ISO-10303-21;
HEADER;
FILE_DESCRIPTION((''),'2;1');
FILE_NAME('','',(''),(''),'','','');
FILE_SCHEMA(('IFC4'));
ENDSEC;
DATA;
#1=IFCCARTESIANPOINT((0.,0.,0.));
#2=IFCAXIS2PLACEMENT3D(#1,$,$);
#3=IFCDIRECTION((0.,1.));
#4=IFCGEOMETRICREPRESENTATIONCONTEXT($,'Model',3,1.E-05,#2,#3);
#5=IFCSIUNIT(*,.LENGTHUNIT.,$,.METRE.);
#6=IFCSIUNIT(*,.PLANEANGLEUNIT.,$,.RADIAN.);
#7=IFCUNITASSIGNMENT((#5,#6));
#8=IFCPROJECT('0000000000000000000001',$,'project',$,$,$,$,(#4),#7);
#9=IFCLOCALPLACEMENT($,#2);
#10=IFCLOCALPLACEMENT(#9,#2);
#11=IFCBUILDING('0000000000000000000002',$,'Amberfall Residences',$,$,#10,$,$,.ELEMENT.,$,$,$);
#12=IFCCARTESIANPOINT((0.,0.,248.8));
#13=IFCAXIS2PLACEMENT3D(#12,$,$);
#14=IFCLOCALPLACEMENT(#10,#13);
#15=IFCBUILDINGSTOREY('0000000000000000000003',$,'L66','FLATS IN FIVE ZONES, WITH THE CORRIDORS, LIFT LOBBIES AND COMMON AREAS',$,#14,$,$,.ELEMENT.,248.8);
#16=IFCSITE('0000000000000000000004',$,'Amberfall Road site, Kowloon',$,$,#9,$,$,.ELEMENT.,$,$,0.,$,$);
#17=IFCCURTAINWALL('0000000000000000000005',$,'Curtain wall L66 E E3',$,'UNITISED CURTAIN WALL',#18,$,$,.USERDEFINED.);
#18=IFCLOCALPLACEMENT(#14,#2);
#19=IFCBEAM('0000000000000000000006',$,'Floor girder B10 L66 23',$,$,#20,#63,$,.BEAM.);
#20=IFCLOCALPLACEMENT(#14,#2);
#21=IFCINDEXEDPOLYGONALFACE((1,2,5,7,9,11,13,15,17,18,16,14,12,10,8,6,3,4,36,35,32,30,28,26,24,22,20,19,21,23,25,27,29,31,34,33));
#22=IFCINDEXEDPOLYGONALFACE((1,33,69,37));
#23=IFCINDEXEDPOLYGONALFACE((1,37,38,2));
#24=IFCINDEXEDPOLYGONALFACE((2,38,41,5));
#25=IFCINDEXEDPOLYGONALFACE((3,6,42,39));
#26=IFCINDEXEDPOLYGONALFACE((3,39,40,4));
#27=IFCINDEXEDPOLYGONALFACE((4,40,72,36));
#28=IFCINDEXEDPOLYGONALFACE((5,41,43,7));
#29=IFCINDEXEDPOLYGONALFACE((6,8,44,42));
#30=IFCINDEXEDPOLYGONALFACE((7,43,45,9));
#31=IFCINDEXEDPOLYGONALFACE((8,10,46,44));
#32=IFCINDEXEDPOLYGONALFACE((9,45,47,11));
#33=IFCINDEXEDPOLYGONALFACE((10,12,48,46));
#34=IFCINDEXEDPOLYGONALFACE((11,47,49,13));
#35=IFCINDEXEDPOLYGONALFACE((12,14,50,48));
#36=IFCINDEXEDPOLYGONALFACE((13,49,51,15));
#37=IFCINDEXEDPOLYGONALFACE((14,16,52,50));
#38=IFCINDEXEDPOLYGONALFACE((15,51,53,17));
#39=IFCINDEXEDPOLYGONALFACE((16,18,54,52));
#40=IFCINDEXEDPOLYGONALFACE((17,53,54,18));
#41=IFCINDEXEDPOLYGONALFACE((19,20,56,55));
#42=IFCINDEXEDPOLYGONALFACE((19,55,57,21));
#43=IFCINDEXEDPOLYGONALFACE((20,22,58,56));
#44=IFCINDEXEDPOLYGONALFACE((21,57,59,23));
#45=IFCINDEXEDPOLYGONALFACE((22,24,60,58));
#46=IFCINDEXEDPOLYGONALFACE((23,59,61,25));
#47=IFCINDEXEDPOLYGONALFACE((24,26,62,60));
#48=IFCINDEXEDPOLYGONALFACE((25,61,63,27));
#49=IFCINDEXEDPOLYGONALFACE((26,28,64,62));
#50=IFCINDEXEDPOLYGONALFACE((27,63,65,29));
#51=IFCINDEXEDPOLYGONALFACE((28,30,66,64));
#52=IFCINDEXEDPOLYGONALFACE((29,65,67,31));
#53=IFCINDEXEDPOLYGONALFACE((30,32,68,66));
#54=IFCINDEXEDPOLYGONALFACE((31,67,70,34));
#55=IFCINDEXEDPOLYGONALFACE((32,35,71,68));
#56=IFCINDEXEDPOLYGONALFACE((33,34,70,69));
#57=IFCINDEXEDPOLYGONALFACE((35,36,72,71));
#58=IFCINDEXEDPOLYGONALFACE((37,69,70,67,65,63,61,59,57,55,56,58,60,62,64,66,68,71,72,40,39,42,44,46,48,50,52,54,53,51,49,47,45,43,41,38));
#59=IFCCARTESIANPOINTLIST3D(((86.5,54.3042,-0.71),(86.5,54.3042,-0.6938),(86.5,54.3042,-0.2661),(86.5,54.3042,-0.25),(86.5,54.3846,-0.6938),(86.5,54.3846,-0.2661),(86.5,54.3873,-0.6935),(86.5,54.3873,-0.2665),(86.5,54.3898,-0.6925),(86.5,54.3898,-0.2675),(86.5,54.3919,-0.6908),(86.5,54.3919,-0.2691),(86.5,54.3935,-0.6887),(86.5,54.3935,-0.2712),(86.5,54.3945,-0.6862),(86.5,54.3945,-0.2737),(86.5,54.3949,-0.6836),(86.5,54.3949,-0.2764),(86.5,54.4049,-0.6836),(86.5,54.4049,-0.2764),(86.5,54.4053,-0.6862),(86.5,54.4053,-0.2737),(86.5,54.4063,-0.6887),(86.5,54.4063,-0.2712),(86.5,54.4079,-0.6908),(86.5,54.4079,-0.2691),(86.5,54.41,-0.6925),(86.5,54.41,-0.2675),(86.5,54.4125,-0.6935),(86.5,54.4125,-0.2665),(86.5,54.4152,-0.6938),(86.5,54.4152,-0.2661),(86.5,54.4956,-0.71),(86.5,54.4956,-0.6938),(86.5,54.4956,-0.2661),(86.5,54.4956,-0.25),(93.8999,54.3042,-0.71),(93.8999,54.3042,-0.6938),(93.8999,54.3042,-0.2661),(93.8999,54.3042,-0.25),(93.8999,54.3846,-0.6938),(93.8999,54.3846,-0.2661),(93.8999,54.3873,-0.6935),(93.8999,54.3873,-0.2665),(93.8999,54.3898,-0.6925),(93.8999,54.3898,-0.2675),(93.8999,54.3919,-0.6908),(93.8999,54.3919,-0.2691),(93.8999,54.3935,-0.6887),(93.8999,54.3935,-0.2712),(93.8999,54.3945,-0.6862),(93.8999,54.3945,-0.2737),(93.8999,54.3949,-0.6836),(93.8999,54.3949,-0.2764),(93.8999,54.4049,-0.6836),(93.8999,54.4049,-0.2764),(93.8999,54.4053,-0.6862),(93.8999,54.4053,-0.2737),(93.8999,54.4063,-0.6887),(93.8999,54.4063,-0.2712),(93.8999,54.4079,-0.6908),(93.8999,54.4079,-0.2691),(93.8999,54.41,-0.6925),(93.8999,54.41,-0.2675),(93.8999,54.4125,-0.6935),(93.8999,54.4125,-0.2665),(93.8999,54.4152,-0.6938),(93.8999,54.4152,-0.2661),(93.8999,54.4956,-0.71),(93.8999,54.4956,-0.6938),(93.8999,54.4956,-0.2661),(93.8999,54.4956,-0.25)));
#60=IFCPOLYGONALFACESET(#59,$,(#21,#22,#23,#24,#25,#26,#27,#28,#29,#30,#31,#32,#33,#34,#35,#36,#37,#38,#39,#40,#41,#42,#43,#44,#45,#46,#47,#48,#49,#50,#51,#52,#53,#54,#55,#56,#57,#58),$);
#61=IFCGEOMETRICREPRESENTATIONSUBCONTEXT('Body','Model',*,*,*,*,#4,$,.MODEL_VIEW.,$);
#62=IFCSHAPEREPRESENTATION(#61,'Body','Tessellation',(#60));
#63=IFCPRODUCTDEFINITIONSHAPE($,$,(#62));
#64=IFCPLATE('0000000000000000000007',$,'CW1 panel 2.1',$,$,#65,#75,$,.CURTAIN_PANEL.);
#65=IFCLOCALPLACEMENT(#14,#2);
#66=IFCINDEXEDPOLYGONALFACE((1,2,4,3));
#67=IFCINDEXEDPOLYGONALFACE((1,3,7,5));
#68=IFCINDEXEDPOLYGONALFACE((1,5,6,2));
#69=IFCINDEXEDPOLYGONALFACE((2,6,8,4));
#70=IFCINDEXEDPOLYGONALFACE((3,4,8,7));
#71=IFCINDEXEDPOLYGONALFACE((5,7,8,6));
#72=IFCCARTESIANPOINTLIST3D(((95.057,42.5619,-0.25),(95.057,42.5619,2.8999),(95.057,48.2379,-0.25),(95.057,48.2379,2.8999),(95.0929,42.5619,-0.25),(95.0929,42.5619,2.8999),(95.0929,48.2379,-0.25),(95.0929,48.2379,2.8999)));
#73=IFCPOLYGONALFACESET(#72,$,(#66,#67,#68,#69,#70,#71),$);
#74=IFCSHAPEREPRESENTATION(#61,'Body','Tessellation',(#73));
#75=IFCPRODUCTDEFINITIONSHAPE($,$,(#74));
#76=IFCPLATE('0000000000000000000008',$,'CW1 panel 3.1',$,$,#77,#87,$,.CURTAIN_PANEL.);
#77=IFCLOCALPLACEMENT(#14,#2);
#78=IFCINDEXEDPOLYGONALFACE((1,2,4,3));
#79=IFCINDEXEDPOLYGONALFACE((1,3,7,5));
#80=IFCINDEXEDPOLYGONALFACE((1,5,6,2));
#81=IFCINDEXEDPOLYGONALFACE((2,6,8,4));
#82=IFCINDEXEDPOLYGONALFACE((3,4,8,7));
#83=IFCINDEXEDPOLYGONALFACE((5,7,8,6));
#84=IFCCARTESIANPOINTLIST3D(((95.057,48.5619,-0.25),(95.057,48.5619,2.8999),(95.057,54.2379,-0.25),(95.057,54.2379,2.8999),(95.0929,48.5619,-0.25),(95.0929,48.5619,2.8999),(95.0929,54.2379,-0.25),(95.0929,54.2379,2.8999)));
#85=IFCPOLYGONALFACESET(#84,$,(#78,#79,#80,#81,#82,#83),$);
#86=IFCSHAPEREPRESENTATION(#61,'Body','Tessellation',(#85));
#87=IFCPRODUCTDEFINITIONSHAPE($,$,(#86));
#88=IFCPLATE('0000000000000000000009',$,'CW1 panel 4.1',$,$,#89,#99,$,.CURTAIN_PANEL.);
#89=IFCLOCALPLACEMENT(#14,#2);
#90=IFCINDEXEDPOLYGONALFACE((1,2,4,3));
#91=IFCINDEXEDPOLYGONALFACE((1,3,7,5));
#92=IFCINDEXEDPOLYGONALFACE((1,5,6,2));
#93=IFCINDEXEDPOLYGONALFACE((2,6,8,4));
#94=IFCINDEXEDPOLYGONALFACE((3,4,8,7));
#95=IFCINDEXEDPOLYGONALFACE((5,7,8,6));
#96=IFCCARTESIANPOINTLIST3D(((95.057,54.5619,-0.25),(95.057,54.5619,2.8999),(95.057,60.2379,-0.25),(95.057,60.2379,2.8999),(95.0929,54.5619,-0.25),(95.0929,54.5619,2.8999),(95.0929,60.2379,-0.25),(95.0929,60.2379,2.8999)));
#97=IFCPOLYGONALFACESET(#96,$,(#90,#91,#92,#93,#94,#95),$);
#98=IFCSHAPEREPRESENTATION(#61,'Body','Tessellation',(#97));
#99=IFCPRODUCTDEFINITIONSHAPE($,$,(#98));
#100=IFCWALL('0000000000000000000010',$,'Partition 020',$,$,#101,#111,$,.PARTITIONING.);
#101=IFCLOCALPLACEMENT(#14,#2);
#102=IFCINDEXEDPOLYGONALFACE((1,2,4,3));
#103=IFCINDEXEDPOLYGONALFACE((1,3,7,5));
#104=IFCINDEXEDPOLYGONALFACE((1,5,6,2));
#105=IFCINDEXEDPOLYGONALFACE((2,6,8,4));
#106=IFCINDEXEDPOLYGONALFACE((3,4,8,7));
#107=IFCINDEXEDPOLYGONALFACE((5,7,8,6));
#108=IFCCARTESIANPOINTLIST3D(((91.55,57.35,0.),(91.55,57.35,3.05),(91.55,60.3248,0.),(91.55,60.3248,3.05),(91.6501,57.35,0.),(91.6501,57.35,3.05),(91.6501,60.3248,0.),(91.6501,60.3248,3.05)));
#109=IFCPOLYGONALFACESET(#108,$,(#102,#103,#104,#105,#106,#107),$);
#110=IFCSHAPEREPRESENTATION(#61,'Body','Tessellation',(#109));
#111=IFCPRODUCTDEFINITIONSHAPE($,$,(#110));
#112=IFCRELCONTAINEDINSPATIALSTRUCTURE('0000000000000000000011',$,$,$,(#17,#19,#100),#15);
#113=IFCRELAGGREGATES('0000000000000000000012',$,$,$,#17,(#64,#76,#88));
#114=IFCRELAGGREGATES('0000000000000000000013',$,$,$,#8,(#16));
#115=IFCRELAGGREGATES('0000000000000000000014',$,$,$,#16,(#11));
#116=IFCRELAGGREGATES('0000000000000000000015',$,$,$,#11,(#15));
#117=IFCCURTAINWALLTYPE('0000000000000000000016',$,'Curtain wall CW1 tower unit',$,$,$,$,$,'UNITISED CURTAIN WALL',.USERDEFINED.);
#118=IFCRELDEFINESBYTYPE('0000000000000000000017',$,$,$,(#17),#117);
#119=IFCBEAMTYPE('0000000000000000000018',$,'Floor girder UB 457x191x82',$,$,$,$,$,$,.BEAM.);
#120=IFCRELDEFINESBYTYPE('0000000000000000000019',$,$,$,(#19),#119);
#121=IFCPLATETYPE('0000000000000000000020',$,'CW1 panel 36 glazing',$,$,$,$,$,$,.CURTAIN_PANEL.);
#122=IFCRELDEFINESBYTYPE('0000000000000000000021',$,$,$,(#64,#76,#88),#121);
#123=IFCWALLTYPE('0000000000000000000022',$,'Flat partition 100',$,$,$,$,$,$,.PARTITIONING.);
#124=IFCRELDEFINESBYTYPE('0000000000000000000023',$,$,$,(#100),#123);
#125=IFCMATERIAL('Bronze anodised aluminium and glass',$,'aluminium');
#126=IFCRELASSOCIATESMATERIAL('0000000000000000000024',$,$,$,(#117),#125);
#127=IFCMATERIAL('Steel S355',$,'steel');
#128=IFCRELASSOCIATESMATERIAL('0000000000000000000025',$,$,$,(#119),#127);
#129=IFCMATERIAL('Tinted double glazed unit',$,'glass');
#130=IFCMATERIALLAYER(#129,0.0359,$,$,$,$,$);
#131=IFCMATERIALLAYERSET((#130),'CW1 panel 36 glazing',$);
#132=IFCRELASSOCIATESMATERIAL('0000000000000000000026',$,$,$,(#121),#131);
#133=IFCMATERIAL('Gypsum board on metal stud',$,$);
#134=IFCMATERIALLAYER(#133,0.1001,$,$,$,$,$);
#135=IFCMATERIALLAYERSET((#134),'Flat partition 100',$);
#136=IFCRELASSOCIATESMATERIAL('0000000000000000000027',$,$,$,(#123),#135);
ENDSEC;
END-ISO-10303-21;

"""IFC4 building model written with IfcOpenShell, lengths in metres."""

from ifc_helpers import new_model, si_unit, direction, frame, frame_2d, origin, origin_2d, place, context, subcontext, project, spatial, rectangle, i_section, extrude, material, layer, layer_set, material_profile, profile_set, type_object, element, aggregate, save


model = new_model("IFC4")

# Units and contexts
model_context = context("Model", 3, precision=1e-05, world=origin(), true_north=direction((0.0, 1.0)))
body_context = subcontext(model_context, "Body", "Model", "MODEL_VIEW")
ifc_project = project(units=[si_unit("LENGTHUNIT", "METRE"), si_unit("PLANEANGLEUNIT", "RADIAN")], contexts=[model_context])

# Site, building, storey
site_placement = place(None, origin())
site = spatial("IfcSite", under=ifc_project, at=site_placement, Name="Amberfall Road site, Kowloon", CompositionType="ELEMENT", RefElevation=0.0)
building_placement = place(site_placement, origin())
building = spatial("IfcBuilding", under=site, at=building_placement, Name="Amberfall Residences", CompositionType="ELEMENT")
storey_placement = place(building_placement, frame((0.0, 0.0, 248.8)))
storey = spatial("IfcBuildingStorey", under=building, at=storey_placement, Name="L66", Description="FLATS IN FIVE ZONES, WITH THE CORRIDORS, LIFT LOBBIES AND COMMON AREAS", CompositionType="ELEMENT", Elevation=248.8)

# Curtain wall
ifc_material_1 = material(Name="Bronze anodised aluminium and glass", Category="aluminium")
curtain_wall_type = type_object("IfcCurtainWallType", Name="Curtain wall CW1 tower unit", ElementType="UNITISED CURTAIN WALL", PredefinedType="USERDEFINED", material=ifc_material_1)
curtain_wall_placement = place(storey_placement, origin())
curtain_wall = element("IfcCurtainWall", 1, at=curtain_wall_placement, inside=storey, type_object=curtain_wall_type, Name="Curtain wall L66 E E3", ObjectType="UNITISED CURTAIN WALL", PredefinedType="USERDEFINED")

# Shared definitions
ifc_material_2 = material(Name="Steel S355", Category="steel")

# Beam
ifc_material_profile_1 = material_profile(ifc_material_2, i_section(OverallWidth=0.1914, OverallDepth=0.46, WebThickness=0.01, FlangeThickness=0.0161, FilletRadius=0.0103, at=origin_2d()), Name="UB 457x191x82")
ifc_profile_set_1 = profile_set([ifc_material_profile_1], Name="Steel S355")
beam_type_1 = type_object("IfcBeamType", Name="Floor girder UB 457x191x82", PredefinedType="BEAM", material=ifc_profile_set_1)
for number, where, z_axis, x_axis, name in (
    (2, (93.8999, 54.3999, -0.48), (-1.0, 0.0, 0.0), (0.0, -1.0, 0.0), "Floor girder B10 L66 23"),
):
    element("IfcBeam", number, at=place(storey_placement, frame(where, z_axis=z_axis, x_axis=x_axis)), inside=storey, type_object=beam_type_1, Name=name, PredefinedType="BEAM", context=body_context, shape_type="SweptSolid", body=[
        extrude(i_section(OverallWidth=0.1914, OverallDepth=0.46, WebThickness=0.01, FlangeThickness=0.0161, FilletRadius=0.0103, at=origin_2d()), origin(), (0.0, 0.0, 1.0), 7.3999),
    ])

# Plates
ifc_material_3 = material(Name="Tinted double glazed unit", Category="glass")
ifc_layer_1 = layer(ifc_material_3, 0.0359)
ifc_layer_set_1 = layer_set([ifc_layer_1], Name="CW1 panel 36 glazing")
plate_type = type_object("IfcPlateType", Name="CW1 panel 36 glazing", PredefinedType="CURTAIN_PANEL", material=ifc_layer_set_1)
plate_1_placement = place(storey_placement, frame((95.075, 45.3999, -0.25), z_axis=(0.0, 0.0, 1.0), x_axis=(0.0, 1.0, 0.0)))
plate_1 = element("IfcPlate", 3, at=plate_1_placement, type_object=plate_type, Name="CW1 panel 2.1", PredefinedType="CURTAIN_PANEL", context=body_context, shape_type="SweptSolid", body=[
    extrude(rectangle(XDim=5.676, YDim=0.0359, at=origin_2d()), origin(), (0.0, 0.0, 1.0), 3.1499),
])
plate_2_placement = place(storey_placement, frame((95.075, 51.3999, -0.25), z_axis=(0.0, 0.0, 1.0), x_axis=(0.0, 1.0, 0.0)))
plate_2 = element("IfcPlate", 4, at=plate_2_placement, type_object=plate_type, Name="CW1 panel 3.1", PredefinedType="CURTAIN_PANEL", context=body_context, shape_type="SweptSolid", body=[
    extrude(rectangle(XDim=5.676, YDim=0.0359, at=origin_2d()), origin(), (0.0, 0.0, 1.0), 3.1499),
])
plate_3_placement = place(storey_placement, frame((95.075, 57.3999, -0.25), z_axis=(0.0, 0.0, 1.0), x_axis=(0.0, 1.0, 0.0)))
plate_3 = element("IfcPlate", 5, at=plate_3_placement, type_object=plate_type, Name="CW1 panel 4.1", PredefinedType="CURTAIN_PANEL", context=body_context, shape_type="SweptSolid", body=[
    extrude(rectangle(XDim=5.676, YDim=0.0359, at=origin_2d()), origin(), (0.0, 0.0, 1.0), 3.1499),
])
aggregate(curtain_wall, [plate_1, plate_2, plate_3])

# Wall
ifc_material_4 = material(Name="Gypsum board on metal stud")
ifc_layer_2 = layer(ifc_material_4, 0.1001)
ifc_layer_set_2 = layer_set([ifc_layer_2], Name="Flat partition 100")
wall_type = type_object("IfcWallType", Name="Flat partition 100", PredefinedType="PARTITIONING", material=ifc_layer_set_2)
wall_placement = place(storey_placement, frame((91.6001, 57.3501, 0.0), z_axis=(0.0, 0.0, 1.0), x_axis=(0.0, 1.0, 0.0)))
element("IfcWall", 6, at=wall_placement, inside=storey, type_object=wall_type, Name="Partition 020", PredefinedType="PARTITIONING", context=body_context, shape_type="SweptSolid", body=[
    extrude(rectangle(XDim=2.9749, YDim=0.1001, at=frame_2d((1.4873, 0.0))), origin(), (0.0, 0.0, 1.0), 3.05),
])

save(model, "model.ifc")
